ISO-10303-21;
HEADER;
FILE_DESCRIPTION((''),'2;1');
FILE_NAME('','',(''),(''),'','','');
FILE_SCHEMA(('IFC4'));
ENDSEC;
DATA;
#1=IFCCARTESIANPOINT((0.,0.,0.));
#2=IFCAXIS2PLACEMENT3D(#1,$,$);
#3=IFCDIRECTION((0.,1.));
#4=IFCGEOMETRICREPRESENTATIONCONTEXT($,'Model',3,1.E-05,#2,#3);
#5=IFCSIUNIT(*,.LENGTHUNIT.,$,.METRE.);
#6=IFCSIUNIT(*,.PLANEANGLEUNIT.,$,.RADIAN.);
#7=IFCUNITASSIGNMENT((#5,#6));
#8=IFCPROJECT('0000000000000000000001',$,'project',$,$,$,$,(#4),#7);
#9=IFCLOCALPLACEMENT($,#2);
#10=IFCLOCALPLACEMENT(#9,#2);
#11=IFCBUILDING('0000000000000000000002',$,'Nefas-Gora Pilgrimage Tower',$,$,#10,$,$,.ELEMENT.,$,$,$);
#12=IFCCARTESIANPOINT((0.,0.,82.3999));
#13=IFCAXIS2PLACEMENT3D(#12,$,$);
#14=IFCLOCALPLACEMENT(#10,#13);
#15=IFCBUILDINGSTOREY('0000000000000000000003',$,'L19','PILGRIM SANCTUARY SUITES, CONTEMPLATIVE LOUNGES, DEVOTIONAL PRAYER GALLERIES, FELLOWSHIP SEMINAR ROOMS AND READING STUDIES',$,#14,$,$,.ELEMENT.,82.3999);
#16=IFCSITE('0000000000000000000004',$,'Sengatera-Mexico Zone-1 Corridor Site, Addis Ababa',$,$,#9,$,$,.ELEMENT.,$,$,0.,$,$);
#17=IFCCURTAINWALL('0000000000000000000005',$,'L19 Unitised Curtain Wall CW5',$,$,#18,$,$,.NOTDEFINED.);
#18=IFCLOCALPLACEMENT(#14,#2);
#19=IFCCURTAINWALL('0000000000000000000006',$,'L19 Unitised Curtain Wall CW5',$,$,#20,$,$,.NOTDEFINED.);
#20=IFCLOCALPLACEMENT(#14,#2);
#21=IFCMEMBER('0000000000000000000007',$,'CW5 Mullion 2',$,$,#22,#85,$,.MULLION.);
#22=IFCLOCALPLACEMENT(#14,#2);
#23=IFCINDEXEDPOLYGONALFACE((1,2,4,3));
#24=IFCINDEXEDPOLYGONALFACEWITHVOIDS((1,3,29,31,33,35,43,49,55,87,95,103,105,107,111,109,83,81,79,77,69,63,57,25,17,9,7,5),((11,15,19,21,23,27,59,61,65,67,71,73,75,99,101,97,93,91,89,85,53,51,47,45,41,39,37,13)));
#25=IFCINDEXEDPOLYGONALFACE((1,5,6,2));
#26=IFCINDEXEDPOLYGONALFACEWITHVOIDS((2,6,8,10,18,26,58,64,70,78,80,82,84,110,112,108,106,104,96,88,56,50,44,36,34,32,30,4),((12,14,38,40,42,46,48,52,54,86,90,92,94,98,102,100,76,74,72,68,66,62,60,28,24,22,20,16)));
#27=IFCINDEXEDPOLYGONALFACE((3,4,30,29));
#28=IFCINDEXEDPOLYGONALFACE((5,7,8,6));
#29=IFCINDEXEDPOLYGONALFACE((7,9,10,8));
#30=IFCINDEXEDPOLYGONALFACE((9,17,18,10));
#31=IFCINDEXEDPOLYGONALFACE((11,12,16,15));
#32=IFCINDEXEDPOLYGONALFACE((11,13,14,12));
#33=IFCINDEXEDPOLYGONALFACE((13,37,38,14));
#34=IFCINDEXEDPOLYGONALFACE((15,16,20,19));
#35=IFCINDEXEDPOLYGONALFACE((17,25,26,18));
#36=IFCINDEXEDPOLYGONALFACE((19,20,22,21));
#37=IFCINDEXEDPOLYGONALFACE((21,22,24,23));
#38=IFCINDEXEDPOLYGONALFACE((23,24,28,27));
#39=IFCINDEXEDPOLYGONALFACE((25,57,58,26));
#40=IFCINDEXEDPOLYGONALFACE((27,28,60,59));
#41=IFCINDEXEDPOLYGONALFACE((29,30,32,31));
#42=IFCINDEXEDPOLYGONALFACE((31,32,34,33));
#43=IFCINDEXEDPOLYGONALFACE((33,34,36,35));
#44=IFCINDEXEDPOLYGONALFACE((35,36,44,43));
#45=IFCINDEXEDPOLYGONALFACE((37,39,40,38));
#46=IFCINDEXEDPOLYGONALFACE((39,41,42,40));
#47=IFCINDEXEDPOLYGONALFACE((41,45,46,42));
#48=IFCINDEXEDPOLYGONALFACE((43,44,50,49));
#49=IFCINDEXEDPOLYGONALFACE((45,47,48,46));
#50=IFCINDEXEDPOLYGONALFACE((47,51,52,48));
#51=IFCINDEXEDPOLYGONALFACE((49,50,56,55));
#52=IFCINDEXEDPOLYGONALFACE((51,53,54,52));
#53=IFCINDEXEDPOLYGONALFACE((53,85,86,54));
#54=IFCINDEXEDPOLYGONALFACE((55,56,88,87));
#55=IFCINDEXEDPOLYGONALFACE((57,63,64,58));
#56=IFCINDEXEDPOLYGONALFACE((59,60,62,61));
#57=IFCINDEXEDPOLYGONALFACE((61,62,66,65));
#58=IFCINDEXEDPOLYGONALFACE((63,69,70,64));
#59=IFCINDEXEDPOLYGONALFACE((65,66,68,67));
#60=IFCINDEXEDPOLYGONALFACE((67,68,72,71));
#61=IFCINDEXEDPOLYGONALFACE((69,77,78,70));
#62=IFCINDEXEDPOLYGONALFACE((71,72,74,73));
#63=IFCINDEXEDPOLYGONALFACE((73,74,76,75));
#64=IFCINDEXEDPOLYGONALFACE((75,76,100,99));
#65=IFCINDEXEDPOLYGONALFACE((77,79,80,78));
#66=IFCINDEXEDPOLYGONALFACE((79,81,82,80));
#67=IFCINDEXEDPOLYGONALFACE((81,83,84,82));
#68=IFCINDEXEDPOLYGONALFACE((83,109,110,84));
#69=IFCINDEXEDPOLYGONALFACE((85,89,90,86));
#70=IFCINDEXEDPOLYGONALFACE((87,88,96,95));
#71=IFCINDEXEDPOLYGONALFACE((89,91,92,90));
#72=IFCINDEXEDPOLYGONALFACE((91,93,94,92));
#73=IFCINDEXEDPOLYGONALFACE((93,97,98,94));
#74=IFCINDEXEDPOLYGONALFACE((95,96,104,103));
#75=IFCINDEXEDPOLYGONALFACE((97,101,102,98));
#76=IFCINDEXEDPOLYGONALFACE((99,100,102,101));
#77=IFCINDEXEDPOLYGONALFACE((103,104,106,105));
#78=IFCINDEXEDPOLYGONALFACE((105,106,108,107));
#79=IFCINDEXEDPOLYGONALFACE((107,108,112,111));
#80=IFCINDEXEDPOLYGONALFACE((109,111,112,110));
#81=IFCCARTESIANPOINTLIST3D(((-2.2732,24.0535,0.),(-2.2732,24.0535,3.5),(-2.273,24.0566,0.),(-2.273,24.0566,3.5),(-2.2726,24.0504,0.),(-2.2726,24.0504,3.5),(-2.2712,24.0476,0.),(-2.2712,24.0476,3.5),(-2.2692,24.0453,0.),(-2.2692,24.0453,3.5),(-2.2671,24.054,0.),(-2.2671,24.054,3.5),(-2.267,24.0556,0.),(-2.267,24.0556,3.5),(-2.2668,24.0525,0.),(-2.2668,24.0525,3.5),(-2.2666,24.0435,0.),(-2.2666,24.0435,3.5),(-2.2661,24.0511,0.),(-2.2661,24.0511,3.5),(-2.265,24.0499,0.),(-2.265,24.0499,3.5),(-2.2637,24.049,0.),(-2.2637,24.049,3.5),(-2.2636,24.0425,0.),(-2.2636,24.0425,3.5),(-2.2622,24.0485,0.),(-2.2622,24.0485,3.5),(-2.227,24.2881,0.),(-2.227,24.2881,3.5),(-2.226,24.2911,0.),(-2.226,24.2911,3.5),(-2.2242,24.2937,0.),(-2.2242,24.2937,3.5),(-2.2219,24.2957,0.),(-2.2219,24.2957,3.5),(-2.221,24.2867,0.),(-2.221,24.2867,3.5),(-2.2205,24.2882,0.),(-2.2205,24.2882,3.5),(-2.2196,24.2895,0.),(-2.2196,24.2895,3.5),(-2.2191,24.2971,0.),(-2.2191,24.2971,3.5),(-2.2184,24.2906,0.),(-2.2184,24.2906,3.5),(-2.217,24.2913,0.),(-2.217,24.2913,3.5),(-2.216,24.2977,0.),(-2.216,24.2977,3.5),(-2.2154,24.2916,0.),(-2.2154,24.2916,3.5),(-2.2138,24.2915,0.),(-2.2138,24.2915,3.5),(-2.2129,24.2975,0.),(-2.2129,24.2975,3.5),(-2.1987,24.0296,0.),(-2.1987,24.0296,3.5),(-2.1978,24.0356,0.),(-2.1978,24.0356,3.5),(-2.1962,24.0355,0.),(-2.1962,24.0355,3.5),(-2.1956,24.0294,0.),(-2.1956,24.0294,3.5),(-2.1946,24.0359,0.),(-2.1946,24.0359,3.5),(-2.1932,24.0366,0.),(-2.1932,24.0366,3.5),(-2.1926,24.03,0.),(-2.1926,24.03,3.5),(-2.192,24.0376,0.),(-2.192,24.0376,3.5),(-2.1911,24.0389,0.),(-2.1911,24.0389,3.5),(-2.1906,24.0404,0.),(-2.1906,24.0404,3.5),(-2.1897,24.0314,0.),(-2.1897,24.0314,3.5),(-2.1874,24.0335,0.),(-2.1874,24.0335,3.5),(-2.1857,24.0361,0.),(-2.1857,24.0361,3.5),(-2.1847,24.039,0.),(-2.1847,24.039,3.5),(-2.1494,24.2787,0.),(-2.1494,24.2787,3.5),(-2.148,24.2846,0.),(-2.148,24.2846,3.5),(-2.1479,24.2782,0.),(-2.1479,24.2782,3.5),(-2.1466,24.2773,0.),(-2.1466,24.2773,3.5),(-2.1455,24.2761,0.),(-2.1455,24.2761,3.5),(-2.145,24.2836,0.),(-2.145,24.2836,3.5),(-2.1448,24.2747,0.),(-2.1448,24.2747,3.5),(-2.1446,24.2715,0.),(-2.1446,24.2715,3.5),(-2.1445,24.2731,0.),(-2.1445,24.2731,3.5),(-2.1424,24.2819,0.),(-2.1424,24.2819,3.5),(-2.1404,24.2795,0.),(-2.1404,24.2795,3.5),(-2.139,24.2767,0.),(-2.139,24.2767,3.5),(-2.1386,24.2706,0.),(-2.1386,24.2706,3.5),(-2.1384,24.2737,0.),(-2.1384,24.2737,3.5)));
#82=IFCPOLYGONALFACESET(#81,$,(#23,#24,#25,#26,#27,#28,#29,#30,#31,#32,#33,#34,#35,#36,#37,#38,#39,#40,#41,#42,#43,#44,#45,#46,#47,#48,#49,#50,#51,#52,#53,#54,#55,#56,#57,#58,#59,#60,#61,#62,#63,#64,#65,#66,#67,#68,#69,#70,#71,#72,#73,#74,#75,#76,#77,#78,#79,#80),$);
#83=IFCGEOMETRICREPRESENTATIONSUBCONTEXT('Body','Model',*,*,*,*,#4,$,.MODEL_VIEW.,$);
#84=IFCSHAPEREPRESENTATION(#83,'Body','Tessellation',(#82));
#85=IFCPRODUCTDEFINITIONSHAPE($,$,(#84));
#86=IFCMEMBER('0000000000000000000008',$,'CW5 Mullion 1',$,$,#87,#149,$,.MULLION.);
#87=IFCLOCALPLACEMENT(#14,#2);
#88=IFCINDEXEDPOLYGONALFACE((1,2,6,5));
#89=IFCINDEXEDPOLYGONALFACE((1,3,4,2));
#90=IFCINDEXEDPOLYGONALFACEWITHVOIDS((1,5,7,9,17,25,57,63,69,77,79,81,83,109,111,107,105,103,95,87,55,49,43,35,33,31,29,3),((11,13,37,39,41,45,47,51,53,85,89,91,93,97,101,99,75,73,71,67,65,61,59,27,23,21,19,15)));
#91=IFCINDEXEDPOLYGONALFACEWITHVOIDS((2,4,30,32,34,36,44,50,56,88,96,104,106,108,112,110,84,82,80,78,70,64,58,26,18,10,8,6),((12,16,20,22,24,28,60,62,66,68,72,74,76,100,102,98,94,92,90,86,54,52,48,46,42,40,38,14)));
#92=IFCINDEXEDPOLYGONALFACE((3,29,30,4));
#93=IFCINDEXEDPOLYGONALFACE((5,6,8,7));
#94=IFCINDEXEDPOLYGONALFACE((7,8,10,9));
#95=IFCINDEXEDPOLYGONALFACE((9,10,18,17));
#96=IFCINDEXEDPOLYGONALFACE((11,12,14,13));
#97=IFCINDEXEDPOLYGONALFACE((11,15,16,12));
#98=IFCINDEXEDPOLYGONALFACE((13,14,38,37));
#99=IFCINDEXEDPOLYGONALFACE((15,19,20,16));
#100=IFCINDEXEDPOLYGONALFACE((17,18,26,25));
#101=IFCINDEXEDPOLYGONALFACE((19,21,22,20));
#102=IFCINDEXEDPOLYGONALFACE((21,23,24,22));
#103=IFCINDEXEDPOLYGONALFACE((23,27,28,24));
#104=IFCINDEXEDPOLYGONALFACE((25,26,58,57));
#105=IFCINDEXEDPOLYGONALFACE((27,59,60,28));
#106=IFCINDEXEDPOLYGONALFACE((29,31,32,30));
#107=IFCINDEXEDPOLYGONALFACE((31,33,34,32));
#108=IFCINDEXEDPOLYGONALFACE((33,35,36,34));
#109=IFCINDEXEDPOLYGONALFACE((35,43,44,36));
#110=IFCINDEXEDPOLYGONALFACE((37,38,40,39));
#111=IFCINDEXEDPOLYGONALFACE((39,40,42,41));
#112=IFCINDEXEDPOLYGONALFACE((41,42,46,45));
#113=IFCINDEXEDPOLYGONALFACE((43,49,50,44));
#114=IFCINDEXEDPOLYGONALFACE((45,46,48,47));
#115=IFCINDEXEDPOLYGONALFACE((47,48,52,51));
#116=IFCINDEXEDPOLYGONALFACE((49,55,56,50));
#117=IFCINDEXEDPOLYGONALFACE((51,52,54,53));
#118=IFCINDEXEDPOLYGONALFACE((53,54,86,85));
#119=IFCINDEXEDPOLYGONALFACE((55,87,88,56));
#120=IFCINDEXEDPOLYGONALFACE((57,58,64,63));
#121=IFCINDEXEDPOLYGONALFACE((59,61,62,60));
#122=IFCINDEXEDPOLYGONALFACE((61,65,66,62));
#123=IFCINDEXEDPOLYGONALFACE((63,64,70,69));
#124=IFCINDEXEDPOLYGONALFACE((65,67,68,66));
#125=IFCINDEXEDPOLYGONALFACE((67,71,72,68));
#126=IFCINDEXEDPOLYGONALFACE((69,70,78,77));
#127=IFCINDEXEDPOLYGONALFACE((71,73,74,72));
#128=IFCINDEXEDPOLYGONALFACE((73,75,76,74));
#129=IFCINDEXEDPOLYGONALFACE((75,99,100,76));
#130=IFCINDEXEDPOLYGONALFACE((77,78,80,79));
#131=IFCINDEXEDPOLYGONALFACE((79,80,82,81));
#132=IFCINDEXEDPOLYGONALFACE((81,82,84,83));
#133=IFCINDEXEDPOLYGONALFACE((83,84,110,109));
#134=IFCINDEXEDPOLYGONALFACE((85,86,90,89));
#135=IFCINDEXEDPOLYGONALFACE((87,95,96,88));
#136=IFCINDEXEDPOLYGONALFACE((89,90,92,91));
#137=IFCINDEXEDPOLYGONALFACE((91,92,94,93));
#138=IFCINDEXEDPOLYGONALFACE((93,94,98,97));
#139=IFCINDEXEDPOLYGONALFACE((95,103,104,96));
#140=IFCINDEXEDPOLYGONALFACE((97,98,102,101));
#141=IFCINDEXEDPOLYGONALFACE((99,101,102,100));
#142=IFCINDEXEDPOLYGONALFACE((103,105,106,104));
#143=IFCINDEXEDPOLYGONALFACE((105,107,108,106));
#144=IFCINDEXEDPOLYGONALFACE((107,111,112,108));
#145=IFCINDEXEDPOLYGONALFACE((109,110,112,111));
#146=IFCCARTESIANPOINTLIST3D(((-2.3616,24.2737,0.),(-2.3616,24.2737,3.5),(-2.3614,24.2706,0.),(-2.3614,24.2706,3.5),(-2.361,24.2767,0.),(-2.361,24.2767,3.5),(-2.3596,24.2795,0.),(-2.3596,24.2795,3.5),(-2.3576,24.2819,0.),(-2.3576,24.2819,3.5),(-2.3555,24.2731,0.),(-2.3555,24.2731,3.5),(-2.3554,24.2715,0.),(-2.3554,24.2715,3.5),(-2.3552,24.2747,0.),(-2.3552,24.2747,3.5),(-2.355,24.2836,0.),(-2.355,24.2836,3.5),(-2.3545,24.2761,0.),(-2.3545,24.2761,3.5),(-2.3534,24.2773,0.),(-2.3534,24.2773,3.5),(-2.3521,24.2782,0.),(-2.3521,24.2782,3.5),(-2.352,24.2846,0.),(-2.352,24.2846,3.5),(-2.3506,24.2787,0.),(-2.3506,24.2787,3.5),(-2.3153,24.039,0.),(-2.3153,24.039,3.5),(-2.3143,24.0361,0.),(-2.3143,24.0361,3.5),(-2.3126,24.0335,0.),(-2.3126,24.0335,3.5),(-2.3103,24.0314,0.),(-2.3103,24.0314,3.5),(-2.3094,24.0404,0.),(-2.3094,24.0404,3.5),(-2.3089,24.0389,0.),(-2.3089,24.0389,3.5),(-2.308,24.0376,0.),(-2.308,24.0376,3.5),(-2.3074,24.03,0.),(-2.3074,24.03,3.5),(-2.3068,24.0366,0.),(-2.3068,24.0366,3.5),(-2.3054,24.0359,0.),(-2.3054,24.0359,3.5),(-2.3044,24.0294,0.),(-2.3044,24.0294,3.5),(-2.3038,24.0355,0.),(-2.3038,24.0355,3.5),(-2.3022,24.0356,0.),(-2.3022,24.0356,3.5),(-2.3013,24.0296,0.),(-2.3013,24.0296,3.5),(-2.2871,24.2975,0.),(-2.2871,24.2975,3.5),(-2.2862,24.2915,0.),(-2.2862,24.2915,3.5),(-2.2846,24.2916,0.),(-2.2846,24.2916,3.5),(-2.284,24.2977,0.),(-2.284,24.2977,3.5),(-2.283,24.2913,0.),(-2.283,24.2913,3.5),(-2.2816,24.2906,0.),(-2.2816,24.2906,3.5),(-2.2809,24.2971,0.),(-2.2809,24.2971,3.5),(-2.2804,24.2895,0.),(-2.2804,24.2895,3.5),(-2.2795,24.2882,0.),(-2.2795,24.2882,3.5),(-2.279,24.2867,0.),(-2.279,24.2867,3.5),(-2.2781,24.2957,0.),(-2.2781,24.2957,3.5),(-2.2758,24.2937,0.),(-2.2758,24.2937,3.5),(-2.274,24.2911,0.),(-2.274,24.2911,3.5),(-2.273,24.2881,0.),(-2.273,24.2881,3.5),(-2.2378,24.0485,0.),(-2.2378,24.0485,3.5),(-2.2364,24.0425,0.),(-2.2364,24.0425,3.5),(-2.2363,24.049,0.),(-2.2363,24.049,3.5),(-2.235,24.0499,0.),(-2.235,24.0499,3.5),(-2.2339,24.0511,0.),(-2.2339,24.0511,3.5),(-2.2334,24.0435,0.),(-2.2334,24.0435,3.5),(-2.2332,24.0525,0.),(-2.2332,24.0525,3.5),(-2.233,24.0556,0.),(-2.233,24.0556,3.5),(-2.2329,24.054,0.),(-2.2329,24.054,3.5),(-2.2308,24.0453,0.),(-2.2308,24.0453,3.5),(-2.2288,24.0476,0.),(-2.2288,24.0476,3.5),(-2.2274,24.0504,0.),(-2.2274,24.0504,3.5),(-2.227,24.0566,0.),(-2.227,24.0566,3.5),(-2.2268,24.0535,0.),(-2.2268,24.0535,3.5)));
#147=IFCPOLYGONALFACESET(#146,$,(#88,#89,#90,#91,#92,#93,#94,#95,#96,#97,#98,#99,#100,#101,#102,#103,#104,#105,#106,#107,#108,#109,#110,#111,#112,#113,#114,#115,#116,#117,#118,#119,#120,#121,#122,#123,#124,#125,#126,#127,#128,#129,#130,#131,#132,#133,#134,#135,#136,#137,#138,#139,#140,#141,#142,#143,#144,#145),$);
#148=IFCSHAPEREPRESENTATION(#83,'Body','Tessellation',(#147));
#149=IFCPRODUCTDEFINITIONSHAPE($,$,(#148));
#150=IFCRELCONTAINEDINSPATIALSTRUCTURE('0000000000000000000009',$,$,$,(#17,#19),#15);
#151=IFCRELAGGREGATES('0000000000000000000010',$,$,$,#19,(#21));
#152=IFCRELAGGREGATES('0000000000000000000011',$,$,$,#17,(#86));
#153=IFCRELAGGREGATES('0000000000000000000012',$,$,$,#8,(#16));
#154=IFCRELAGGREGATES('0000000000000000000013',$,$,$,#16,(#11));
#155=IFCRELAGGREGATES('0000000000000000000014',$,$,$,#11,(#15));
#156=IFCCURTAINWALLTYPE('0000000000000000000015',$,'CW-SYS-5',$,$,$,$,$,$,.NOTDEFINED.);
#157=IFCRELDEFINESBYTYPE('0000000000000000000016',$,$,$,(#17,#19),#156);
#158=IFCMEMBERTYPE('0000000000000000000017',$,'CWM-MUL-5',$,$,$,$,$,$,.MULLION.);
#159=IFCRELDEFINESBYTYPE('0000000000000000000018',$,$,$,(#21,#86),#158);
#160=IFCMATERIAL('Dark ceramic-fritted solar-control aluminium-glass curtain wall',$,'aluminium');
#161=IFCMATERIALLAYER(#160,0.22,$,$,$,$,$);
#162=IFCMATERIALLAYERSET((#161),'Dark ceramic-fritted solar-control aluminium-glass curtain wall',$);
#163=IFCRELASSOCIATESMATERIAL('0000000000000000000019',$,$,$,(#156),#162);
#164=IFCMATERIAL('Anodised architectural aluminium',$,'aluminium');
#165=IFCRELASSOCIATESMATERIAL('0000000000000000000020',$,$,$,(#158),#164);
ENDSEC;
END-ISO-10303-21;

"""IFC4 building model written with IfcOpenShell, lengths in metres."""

from ifc_helpers import new_model, si_unit, direction, frame, origin, origin_2d, place, context, subcontext, project, spatial, hollow_rectangle, extrude, source, transform, mapped, material, layer, layer_set, material_profile, profile_set, type_object, element, aggregate, save


model = new_model("IFC4")

# Units and contexts
model_context = context("Model", 3, precision=1e-05, world=origin(), true_north=direction((0.0, 1.0)))
body_context = subcontext(model_context, "Body", "Model", "MODEL_VIEW")
ifc_project = project(units=[si_unit("LENGTHUNIT", "METRE"), si_unit("PLANEANGLEUNIT", "RADIAN")], contexts=[model_context])

# Site, building, storey
site_placement = place(None, origin())
site = spatial("IfcSite", under=ifc_project, at=site_placement, Name="Sengatera-Mexico Zone-1 Corridor Site, Addis Ababa", CompositionType="ELEMENT", RefElevation=0.0)
building_placement = place(site_placement, origin())
building = spatial("IfcBuilding", under=site, at=building_placement, Name="Nefas-Gora Pilgrimage Tower", CompositionType="ELEMENT")
storey_placement = place(building_placement, frame((0.0, 0.0, 82.3999)))
storey = spatial("IfcBuildingStorey", under=building, at=storey_placement, Name="L19", Description="PILGRIM SANCTUARY SUITES, CONTEMPLATIVE LOUNGES, DEVOTIONAL PRAYER GALLERIES, FELLOWSHIP SEMINAR ROOMS AND READING STUDIES", CompositionType="ELEMENT", Elevation=82.3999)

# Curtain walls, member
ifc_material_1 = material(Name="Dark ceramic-fritted solar-control aluminium-glass curtain wall", Category="aluminium")
ifc_layer_1 = layer(ifc_material_1, 0.22)
ifc_layer_set_1 = layer_set([ifc_layer_1], Name="Dark ceramic-fritted solar-control aluminium-glass curtain wall")
curtain_wall_type = type_object("IfcCurtainWallType", Name="CW-SYS-5", PredefinedType="NOTDEFINED", material=ifc_layer_set_1)
ifc_material_2 = material(Name="Anodised architectural aluminium", Category="aluminium")
curtain_wall_1_placement = place(storey_placement, origin())
curtain_wall_1 = element("IfcCurtainWall", 1, at=curtain_wall_1_placement, inside=storey, type_object=curtain_wall_type, Name="L19 Unitised Curtain Wall CW5", PredefinedType="NOTDEFINED")
curtain_wall_2_placement = place(storey_placement, origin())
curtain_wall_2 = element("IfcCurtainWall", 2, at=curtain_wall_2_placement, inside=storey, type_object=curtain_wall_type, Name="L19 Unitised Curtain Wall CW5", PredefinedType="NOTDEFINED")
ifc_material_profile_1 = material_profile(ifc_material_2, hollow_rectangle(XDim=0.0901, YDim=0.26, WallThickness=0.0061, InnerFilletRadius=0.0061, OuterFilletRadius=0.012, at=origin_2d()), Name="ALU MULLION 90x260")
ifc_profile_set_1 = profile_set([ifc_material_profile_1], Name="Anodised architectural aluminium")
member_type_1 = type_object("IfcMemberType", Name="CWM-MUL-5", PredefinedType="MULLION", material=ifc_profile_set_1)
shared_shape_1 = source(origin(), body_context, "Body", "SweptSolid", [
    extrude(hollow_rectangle(XDim=0.0901, YDim=0.26, WallThickness=0.0061, InnerFilletRadius=0.0061, OuterFilletRadius=0.012, at=origin_2d()), origin(), (0.0, 0.0, 1.0), 3.5),
])
member_1_placement = place(storey_placement, frame((-2.2058, 24.1636, 0.0), z_axis=(0.0, 0.0, 1.0), x_axis=(-0.980783, 0.195102, 0.0)))
member_1 = element("IfcMember", 3, at=member_1_placement, type_object=member_type_1, Name="CW5 Mullion 2", PredefinedType="MULLION", context=body_context, shape_type="MappedRepresentation", body=[
    mapped(shared_shape_1, transform((0.0, 0.0, 0.0), x_axis=(1.0, 0.0, 0.0), y_axis=(0.0, 1.0, 0.0), z_axis=(0.0, 0.0, 1.0), scale=1.0)),
])

# Member
member_2_placement = place(storey_placement, frame((-2.2942, 24.1636, 0.0), z_axis=(0.0, 0.0, 1.0), x_axis=(-0.980783, -0.195102, 0.0)))
member_2 = element("IfcMember", 4, at=member_2_placement, type_object=member_type_1, Name="CW5 Mullion 1", PredefinedType="MULLION", context=body_context, shape_type="MappedRepresentation", body=[
    mapped(shared_shape_1, transform((0.0, 0.0, 0.0), x_axis=(1.0, 0.0, 0.0), y_axis=(0.0, 1.0, 0.0), z_axis=(0.0, 0.0, 1.0), scale=1.0)),
])

aggregate(curtain_wall_2, [member_1])
aggregate(curtain_wall_1, [member_2])

save(model, "model.ifc")
